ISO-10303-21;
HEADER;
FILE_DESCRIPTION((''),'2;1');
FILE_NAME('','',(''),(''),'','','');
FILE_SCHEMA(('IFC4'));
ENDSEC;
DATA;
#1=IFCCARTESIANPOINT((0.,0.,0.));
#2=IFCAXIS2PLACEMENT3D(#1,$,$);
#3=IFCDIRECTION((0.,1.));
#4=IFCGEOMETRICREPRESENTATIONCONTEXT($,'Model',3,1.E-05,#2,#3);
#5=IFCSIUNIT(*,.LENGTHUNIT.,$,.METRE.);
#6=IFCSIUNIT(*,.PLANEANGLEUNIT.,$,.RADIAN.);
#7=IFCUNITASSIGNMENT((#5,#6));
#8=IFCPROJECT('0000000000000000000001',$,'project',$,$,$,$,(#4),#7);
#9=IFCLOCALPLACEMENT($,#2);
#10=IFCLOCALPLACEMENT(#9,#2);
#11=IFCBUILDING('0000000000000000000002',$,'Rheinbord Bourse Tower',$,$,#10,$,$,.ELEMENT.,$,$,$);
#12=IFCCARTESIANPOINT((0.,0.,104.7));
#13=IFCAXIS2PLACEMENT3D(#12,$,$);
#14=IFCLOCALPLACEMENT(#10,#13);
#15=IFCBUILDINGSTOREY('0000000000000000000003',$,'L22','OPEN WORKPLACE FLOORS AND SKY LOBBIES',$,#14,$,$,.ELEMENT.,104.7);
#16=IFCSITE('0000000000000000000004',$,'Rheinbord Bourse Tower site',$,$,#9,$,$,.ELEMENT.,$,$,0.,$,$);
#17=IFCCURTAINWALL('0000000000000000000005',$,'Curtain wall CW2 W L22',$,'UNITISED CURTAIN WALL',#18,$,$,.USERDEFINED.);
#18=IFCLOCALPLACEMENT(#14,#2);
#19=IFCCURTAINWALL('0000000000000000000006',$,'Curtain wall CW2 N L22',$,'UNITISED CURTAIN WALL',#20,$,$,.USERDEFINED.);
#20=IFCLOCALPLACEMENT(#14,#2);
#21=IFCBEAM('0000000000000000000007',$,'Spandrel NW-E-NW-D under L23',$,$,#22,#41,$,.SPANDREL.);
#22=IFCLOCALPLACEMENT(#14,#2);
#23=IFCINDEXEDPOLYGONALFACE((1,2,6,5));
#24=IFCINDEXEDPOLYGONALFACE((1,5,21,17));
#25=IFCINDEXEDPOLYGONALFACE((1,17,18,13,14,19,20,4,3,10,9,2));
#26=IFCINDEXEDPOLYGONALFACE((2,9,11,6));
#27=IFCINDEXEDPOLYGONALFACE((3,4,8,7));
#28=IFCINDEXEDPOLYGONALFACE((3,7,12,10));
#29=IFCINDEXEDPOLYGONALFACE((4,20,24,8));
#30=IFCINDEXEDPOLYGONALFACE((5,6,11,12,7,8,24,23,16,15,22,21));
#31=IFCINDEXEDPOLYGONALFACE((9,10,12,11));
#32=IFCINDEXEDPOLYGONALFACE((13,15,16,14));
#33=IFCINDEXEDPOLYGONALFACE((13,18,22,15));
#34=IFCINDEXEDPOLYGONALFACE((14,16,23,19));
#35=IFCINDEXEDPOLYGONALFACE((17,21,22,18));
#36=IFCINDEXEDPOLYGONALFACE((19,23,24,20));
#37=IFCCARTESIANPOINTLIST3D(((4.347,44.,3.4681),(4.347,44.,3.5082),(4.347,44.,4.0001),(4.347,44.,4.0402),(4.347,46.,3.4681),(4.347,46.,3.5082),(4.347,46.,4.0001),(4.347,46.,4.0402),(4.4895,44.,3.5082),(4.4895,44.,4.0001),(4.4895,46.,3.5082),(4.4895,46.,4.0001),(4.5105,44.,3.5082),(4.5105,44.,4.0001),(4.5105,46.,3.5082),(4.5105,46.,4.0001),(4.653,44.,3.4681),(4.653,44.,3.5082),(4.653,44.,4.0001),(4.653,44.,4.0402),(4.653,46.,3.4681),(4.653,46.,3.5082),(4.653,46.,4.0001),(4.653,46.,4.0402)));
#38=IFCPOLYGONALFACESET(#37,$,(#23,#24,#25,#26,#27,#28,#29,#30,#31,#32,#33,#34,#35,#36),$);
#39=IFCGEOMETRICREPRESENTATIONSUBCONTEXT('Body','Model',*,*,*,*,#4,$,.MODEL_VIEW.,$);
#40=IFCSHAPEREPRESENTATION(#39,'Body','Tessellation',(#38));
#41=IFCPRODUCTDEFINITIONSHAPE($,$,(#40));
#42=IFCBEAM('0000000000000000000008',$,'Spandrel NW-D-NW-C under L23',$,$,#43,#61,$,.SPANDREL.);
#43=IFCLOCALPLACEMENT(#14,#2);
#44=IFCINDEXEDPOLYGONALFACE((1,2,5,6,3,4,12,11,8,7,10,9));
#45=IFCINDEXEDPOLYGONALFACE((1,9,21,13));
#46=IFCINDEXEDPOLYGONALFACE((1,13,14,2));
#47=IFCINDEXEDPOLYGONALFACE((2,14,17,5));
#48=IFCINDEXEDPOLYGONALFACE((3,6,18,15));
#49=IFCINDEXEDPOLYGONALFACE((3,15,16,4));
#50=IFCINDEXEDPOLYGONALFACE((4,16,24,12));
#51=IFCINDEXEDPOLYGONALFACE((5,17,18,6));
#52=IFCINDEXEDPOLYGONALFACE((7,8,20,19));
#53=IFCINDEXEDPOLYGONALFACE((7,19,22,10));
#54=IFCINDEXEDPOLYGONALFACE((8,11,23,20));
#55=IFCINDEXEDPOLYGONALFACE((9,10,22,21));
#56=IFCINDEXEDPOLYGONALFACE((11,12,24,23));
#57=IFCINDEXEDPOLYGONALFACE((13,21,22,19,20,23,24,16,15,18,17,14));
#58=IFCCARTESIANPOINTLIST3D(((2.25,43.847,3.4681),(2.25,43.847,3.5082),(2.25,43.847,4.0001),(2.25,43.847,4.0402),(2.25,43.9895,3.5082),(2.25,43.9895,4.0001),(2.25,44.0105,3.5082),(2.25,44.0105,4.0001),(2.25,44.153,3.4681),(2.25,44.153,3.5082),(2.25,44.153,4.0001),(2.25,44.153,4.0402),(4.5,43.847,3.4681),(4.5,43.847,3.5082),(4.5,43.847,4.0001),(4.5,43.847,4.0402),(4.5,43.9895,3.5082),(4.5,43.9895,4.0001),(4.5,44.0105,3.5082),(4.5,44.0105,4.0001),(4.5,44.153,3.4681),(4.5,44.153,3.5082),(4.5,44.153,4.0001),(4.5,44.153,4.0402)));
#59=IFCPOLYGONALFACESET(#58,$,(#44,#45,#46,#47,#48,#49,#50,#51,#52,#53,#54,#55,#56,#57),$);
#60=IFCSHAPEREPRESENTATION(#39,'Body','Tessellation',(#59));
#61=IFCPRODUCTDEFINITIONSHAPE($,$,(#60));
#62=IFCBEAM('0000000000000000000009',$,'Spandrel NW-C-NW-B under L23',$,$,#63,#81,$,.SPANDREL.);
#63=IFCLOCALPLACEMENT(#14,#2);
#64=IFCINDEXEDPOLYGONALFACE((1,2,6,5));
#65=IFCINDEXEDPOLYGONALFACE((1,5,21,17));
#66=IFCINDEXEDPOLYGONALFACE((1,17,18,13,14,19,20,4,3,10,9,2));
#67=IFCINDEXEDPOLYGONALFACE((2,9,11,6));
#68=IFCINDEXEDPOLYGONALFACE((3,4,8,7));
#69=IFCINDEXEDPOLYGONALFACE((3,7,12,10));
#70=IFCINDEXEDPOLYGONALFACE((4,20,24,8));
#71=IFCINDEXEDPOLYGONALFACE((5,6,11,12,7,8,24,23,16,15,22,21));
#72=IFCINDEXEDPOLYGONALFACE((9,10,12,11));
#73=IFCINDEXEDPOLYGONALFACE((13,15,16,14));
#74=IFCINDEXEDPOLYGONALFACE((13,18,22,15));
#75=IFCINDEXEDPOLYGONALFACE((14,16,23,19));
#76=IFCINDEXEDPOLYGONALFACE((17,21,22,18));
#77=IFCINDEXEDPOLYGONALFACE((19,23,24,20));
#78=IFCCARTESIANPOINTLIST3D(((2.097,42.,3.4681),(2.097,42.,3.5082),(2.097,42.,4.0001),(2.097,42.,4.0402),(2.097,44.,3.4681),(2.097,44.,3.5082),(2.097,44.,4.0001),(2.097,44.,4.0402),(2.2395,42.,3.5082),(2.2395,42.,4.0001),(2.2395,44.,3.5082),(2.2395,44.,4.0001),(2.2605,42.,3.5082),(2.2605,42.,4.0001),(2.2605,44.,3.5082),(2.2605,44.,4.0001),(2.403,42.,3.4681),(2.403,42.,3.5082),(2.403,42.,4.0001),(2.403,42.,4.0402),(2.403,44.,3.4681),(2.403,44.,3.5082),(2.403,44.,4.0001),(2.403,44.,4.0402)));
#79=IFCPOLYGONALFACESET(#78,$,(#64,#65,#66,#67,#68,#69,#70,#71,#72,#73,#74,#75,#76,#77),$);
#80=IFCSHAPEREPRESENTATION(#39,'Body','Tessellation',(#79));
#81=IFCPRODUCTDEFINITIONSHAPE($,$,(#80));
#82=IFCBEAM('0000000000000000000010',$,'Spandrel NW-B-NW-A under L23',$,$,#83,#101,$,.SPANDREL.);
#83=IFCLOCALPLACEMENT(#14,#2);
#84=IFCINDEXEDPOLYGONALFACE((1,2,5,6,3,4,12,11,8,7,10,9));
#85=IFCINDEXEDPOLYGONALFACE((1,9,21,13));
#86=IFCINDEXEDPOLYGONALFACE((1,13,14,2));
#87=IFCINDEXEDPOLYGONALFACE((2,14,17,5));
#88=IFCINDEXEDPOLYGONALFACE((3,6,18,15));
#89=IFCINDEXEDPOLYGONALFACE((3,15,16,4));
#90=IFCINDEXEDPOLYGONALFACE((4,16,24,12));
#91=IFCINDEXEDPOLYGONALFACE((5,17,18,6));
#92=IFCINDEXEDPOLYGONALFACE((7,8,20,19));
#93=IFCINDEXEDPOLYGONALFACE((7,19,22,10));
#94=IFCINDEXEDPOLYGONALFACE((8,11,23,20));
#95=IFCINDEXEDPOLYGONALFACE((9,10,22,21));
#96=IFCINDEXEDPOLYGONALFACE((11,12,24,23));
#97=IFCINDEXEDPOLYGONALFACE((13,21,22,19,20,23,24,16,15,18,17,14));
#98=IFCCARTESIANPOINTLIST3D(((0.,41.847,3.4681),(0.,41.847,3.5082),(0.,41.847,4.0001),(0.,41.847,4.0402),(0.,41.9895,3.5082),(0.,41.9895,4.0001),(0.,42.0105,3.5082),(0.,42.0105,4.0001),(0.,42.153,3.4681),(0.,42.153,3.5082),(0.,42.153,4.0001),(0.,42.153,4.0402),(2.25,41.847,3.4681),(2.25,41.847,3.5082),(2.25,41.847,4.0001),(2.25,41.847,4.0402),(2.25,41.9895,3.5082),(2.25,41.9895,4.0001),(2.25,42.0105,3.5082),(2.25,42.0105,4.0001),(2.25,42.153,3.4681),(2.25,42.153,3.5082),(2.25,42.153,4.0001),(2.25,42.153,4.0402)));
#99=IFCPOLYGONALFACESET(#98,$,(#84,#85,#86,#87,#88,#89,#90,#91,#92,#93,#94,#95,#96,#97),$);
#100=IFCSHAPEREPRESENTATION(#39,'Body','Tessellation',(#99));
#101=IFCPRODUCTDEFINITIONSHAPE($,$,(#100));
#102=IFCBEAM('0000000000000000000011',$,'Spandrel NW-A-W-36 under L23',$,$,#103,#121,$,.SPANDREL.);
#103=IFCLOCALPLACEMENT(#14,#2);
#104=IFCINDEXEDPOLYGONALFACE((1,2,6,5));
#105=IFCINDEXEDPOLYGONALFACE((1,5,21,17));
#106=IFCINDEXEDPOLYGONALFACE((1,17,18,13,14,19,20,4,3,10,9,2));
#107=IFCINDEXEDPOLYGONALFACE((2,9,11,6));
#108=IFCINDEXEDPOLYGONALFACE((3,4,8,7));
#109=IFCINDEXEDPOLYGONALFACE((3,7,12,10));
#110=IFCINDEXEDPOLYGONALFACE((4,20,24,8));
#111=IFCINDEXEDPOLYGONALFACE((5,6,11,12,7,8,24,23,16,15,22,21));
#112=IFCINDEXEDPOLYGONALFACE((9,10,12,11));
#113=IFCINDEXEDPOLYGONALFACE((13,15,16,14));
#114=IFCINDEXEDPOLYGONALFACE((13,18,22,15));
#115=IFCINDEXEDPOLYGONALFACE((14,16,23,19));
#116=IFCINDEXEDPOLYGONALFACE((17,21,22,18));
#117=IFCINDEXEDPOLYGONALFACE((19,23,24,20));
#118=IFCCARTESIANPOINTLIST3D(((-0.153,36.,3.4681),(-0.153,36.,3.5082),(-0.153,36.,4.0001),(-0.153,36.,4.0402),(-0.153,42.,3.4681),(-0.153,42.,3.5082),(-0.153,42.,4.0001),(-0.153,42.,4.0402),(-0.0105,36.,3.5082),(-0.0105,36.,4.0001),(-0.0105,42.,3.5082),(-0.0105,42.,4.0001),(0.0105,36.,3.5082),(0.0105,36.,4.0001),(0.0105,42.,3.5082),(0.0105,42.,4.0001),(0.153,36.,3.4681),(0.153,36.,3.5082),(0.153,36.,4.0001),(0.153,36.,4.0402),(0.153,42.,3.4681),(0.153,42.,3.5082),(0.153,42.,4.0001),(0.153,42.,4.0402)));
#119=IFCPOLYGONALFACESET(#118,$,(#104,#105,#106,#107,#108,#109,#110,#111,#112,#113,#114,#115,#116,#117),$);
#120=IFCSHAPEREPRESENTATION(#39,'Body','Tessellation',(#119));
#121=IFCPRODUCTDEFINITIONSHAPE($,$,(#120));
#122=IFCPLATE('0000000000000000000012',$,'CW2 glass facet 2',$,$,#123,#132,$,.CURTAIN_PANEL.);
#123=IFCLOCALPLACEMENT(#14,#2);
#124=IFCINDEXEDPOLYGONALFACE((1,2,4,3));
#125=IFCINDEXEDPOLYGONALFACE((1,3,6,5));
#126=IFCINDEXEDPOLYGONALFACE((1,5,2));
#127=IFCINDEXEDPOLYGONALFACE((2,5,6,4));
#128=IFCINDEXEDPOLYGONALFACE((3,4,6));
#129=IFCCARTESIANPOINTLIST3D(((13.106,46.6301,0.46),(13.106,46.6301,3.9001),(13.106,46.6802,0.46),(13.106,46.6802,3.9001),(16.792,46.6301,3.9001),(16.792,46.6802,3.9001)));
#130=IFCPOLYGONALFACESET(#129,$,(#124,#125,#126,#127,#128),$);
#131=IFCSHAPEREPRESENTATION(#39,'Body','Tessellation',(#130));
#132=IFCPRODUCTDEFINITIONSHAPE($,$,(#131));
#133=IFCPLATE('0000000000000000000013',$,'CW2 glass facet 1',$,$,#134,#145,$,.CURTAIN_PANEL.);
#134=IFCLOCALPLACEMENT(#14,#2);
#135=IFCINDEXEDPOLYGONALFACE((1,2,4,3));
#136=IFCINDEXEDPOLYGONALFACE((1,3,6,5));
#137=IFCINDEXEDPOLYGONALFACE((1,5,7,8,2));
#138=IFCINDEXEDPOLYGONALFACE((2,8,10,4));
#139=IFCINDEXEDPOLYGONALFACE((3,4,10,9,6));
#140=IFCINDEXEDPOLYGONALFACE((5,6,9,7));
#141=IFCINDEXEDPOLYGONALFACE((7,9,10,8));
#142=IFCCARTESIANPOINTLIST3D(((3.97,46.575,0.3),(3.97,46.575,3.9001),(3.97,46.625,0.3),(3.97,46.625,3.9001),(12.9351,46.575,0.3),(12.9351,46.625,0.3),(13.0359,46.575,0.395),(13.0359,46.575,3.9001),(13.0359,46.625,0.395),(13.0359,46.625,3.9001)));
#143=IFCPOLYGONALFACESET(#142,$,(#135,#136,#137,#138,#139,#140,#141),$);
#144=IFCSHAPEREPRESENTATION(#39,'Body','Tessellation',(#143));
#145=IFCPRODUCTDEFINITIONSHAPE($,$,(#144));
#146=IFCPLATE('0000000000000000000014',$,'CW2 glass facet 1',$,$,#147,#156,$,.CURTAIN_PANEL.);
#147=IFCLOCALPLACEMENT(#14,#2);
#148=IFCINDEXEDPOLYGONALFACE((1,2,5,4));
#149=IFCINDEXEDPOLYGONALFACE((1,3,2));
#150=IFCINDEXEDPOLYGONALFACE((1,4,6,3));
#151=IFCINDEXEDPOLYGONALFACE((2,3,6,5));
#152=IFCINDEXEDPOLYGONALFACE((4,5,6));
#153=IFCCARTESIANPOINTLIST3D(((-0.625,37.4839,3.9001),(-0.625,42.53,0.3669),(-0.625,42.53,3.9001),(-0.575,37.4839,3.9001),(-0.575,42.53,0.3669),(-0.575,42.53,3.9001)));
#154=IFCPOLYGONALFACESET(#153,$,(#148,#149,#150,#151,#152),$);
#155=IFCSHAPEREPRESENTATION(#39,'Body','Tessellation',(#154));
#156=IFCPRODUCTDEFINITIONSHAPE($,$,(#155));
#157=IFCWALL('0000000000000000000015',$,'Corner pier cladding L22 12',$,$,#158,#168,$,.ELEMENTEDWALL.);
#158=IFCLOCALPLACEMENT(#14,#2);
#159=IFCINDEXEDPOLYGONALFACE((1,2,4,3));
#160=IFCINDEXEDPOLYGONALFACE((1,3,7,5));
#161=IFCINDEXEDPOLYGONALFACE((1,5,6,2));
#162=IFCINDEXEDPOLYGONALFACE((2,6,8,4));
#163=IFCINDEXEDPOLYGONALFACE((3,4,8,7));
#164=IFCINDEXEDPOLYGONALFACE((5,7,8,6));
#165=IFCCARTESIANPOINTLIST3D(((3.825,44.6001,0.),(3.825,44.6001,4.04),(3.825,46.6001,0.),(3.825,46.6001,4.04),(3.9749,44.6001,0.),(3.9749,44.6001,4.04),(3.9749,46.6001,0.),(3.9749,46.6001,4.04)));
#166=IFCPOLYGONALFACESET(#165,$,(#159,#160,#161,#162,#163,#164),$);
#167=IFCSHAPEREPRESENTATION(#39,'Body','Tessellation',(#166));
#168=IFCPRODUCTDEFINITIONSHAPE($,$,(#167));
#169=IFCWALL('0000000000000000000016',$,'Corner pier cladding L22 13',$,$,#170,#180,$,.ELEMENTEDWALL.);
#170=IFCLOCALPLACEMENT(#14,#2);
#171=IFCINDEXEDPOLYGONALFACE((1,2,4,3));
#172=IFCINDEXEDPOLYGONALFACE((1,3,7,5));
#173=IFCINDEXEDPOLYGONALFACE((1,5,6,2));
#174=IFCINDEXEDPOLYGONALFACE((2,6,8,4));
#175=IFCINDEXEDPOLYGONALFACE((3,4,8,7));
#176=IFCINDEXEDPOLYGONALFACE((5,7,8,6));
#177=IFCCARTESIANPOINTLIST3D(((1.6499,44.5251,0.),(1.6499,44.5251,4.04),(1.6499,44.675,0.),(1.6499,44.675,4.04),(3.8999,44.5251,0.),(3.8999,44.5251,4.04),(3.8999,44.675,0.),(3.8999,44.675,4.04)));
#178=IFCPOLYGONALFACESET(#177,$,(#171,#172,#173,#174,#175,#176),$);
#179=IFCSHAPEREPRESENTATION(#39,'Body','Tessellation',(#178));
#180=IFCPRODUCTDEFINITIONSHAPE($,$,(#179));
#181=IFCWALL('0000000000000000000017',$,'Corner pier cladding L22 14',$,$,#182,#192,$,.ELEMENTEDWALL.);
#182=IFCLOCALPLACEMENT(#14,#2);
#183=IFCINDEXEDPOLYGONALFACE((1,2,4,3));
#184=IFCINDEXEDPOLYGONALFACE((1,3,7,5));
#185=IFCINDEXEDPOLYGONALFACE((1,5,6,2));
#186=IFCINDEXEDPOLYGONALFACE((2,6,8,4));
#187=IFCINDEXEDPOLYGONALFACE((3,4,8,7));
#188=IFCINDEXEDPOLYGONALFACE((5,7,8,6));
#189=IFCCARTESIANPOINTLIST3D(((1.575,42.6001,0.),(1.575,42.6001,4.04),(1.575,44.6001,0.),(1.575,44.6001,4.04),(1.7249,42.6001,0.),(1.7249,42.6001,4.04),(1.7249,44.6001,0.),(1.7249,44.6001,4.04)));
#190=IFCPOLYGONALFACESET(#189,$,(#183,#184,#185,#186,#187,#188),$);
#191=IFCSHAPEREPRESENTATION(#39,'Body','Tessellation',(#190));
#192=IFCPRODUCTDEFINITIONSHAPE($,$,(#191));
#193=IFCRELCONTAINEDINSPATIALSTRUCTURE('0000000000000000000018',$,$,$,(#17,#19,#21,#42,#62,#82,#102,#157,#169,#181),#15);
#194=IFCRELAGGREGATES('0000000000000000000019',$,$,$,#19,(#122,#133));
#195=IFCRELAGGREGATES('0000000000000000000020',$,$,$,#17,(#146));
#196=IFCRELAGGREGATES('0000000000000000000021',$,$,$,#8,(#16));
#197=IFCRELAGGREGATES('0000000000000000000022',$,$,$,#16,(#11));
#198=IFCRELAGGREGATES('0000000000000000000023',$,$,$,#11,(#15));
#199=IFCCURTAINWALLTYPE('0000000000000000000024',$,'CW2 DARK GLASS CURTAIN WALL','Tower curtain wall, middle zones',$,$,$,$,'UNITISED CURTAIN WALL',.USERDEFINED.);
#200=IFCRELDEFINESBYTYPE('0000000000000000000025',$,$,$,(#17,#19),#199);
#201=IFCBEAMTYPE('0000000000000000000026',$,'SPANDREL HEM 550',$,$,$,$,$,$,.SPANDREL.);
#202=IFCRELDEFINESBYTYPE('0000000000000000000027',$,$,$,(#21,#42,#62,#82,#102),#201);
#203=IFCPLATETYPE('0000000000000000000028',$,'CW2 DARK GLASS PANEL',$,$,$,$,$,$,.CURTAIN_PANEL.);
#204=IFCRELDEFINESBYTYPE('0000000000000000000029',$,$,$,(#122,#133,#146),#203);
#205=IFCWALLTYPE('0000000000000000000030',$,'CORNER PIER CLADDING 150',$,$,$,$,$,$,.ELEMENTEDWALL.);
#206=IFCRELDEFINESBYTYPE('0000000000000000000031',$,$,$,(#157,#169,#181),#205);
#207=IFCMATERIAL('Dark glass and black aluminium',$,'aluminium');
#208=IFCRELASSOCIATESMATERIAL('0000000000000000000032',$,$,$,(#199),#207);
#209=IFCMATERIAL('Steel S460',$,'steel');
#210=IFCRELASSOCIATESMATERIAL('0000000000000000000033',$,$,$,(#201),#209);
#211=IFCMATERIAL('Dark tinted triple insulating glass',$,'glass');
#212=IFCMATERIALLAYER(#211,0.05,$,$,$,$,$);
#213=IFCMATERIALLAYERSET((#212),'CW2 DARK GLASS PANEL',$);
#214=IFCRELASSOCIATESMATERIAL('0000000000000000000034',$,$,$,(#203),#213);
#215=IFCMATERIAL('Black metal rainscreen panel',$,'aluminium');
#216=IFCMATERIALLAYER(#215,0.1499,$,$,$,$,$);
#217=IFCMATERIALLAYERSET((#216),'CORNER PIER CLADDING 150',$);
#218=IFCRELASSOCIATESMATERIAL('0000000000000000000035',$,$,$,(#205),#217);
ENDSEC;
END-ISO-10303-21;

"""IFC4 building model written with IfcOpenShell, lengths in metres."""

from ifc_helpers import new_model, si_unit, direction, frame, frame_2d, origin, origin_2d, place, context, subcontext, project, spatial, polyline, rectangle, i_section, outline, extrude, material, layer, layer_set, material_profile, profile_set, type_object, element, aggregate, save


model = new_model("IFC4")

# Units and contexts
model_context = context("Model", 3, precision=1e-05, world=origin(), true_north=direction((0.0, 1.0)))
body_context = subcontext(model_context, "Body", "Model", "MODEL_VIEW")
ifc_project = project(units=[si_unit("LENGTHUNIT", "METRE"), si_unit("PLANEANGLEUNIT", "RADIAN")], contexts=[model_context])

# Site, building, storey
site_placement = place(None, origin())
site = spatial("IfcSite", under=ifc_project, at=site_placement, Name="Rheinbord Bourse Tower site", CompositionType="ELEMENT", RefElevation=0.0)
building_placement = place(site_placement, origin())
building = spatial("IfcBuilding", under=site, at=building_placement, Name="Rheinbord Bourse Tower", CompositionType="ELEMENT")
storey_placement = place(building_placement, frame((0.0, 0.0, 104.7)))
storey = spatial("IfcBuildingStorey", under=building, at=storey_placement, Name="L22", Description="OPEN WORKPLACE FLOORS AND SKY LOBBIES", CompositionType="ELEMENT", Elevation=104.7)

# Curtain wall
ifc_material_1 = material(Name="Dark glass and black aluminium", Category="aluminium")
curtain_wall_type = type_object("IfcCurtainWallType", Name="CW2 DARK GLASS CURTAIN WALL", Description="Tower curtain wall, middle zones", ElementType="UNITISED CURTAIN WALL", PredefinedType="USERDEFINED", material=ifc_material_1)
curtain_wall_1_placement = place(storey_placement, origin())
curtain_wall_1 = element("IfcCurtainWall", 1, at=curtain_wall_1_placement, inside=storey, type_object=curtain_wall_type, Name="Curtain wall CW2 W L22", ObjectType="UNITISED CURTAIN WALL", PredefinedType="USERDEFINED")

# Curtain wall
curtain_wall_2_placement = place(storey_placement, origin())
curtain_wall_2 = element("IfcCurtainWall", 2, at=curtain_wall_2_placement, inside=storey, type_object=curtain_wall_type, Name="Curtain wall CW2 N L22", ObjectType="UNITISED CURTAIN WALL", PredefinedType="USERDEFINED")

# Beams
ifc_material_2 = material(Name="Steel S460", Category="steel")
ifc_material_profile_1 = material_profile(ifc_material_2, i_section(OverallWidth=0.3059, OverallDepth=0.572, WebThickness=0.021, FlangeThickness=0.04, at=origin_2d()), Name="HEM 550")
ifc_profile_set_1 = profile_set([ifc_material_profile_1], Name="Steel S460")
beam_type_1 = type_object("IfcBeamType", Name="SPANDREL HEM 550", PredefinedType="SPANDREL", material=ifc_profile_set_1)
beam_1_placement = place(storey_placement, frame((4.5, 46.0, 3.7542), z_axis=(0.0, -1.0, 0.0), x_axis=(1.0, 0.0, 0.0)))
element("IfcBeam", 3, at=beam_1_placement, inside=storey, type_object=beam_type_1, Name="Spandrel NW-E-NW-D under L23", PredefinedType="SPANDREL", context=body_context, shape_type="SweptSolid", body=[
    extrude(i_section(OverallWidth=0.3059, OverallDepth=0.572, WebThickness=0.021, FlangeThickness=0.04, at=origin_2d()), origin(), (0.0, 0.0, 1.0), 2.0),
])
beam_2_placement = place(storey_placement, frame((4.5, 44.0, 3.7542), z_axis=(-1.0, 0.0, 0.0), x_axis=(0.0, -1.0, 0.0)))
element("IfcBeam", 4, at=beam_2_placement, inside=storey, type_object=beam_type_1, Name="Spandrel NW-D-NW-C under L23", PredefinedType="SPANDREL", context=body_context, shape_type="SweptSolid", body=[
    extrude(i_section(OverallWidth=0.3059, OverallDepth=0.572, WebThickness=0.021, FlangeThickness=0.04, at=origin_2d()), origin(), (0.0, 0.0, 1.0), 2.25),
])
beam_3_placement = place(storey_placement, frame((2.25, 44.0, 3.7542), z_axis=(0.0, -1.0, 0.0), x_axis=(1.0, 0.0, 0.0)))
element("IfcBeam", 5, at=beam_3_placement, inside=storey, type_object=beam_type_1, Name="Spandrel NW-C-NW-B under L23", PredefinedType="SPANDREL", context=body_context, shape_type="SweptSolid", body=[
    extrude(i_section(OverallWidth=0.3059, OverallDepth=0.572, WebThickness=0.021, FlangeThickness=0.04, at=origin_2d()), origin(), (0.0, 0.0, 1.0), 2.0),
])
beam_4_placement = place(storey_placement, frame((2.25, 42.0, 3.7542), z_axis=(-1.0, 0.0, 0.0), x_axis=(0.0, -1.0, 0.0)))
element("IfcBeam", 6, at=beam_4_placement, inside=storey, type_object=beam_type_1, Name="Spandrel NW-B-NW-A under L23", PredefinedType="SPANDREL", context=body_context, shape_type="SweptSolid", body=[
    extrude(i_section(OverallWidth=0.3059, OverallDepth=0.572, WebThickness=0.021, FlangeThickness=0.04, at=origin_2d()), origin(), (0.0, 0.0, 1.0), 2.25),
])
beam_5_placement = place(storey_placement, frame((0.0, 42.0, 3.7542), z_axis=(0.0, -1.0, 0.0), x_axis=(1.0, 0.0, 0.0)))
element("IfcBeam", 7, at=beam_5_placement, inside=storey, type_object=beam_type_1, Name="Spandrel NW-A-W-36 under L23", PredefinedType="SPANDREL", context=body_context, shape_type="SweptSolid", body=[
    extrude(i_section(OverallWidth=0.3059, OverallDepth=0.572, WebThickness=0.021, FlangeThickness=0.04, at=origin_2d()), origin(), (0.0, 0.0, 1.0), 6.0),
])

# Plates
ifc_material_3 = material(Name="Dark tinted triple insulating glass", Category="glass")
ifc_layer_1 = layer(ifc_material_3, 0.05)
ifc_layer_set_1 = layer_set([ifc_layer_1], Name="CW2 DARK GLASS PANEL")
plate_type = type_object("IfcPlateType", Name="CW2 DARK GLASS PANEL", PredefinedType="CURTAIN_PANEL", material=ifc_layer_set_1)
plate_1_placement = place(storey_placement, frame((13.106, 46.6802, 3.9001), z_axis=(0.0, -1.0, 0.0), x_axis=(0.0, 0.0, -1.0)))
plate_1 = element("IfcPlate", 8, at=plate_1_placement, type_object=plate_type, Name="CW2 glass facet 2", PredefinedType="CURTAIN_PANEL", context=body_context, shape_type="SweptSolid", body=[
    extrude(outline(polyline([(0.0, 0.0), (3.4402, 0.0), (0.0, 3.686), (0.0, 0.0)])), origin(), (0.0, 0.0, 1.0), 0.05),
])
plate_2_placement = place(storey_placement, frame((13.0359, 46.625, 3.9001), z_axis=(0.0, -1.0, 0.0), x_axis=(-1.0, 0.0, 0.0)))
plate_2 = element("IfcPlate", 9, at=plate_2_placement, type_object=plate_type, Name="CW2 glass facet 1", PredefinedType="CURTAIN_PANEL", context=body_context, shape_type="SweptSolid", body=[
    extrude(outline(polyline([(0.0, 0.0), (9.0659, 0.0), (9.0659, 3.6001), (0.1008, 3.6001), (0.0, 3.5051), (0.0, 0.0)])), origin(), (0.0, 0.0, 1.0), 0.05),
])
aggregate(curtain_wall_2, [plate_1, plate_2])
plate_3_placement = place(storey_placement, frame((-0.625, 42.53, 3.9001), z_axis=(1.0, 0.0, 0.0), x_axis=(0.0, -1.0, 0.0)))
plate_3 = element("IfcPlate", 10, at=plate_3_placement, type_object=plate_type, Name="CW2 glass facet 1", PredefinedType="CURTAIN_PANEL", context=body_context, shape_type="SweptSolid", body=[
    extrude(outline(polyline([(0.0, 0.0), (5.0461, 0.0), (0.0, 3.5332), (0.0, 0.0)])), origin(), (0.0, 0.0, 1.0), 0.05),
])
aggregate(curtain_wall_1, [plate_3])

# Walls
ifc_material_4 = material(Name="Black metal rainscreen panel", Category="aluminium")
ifc_layer_2 = layer(ifc_material_4, 0.1499)
ifc_layer_set_2 = layer_set([ifc_layer_2], Name="CORNER PIER CLADDING 150")
wall_type = type_object("IfcWallType", Name="CORNER PIER CLADDING 150", PredefinedType="ELEMENTEDWALL", material=ifc_layer_set_2)
wall_1_placement = place(storey_placement, frame((3.8999, 46.6001, 0.0), z_axis=(0.0, 0.0, 1.0), x_axis=(0.0, -1.0, 0.0)))
element("IfcWall", 11, at=wall_1_placement, inside=storey, type_object=wall_type, Name="Corner pier cladding L22 12", PredefinedType="ELEMENTEDWALL", context=body_context, shape_type="SweptSolid", body=[
    extrude(rectangle(XDim=2.0, YDim=0.1499, at=frame_2d((1.0, 0.0))), origin(), (0.0, 0.0, 1.0), 4.04),
])
wall_2_placement = place(storey_placement, frame((3.8999, 44.6001, 0.0), z_axis=(0.0, 0.0, 1.0), x_axis=(-1.0, 0.0, 0.0)))
element("IfcWall", 12, at=wall_2_placement, inside=storey, type_object=wall_type, Name="Corner pier cladding L22 13", PredefinedType="ELEMENTEDWALL", context=body_context, shape_type="SweptSolid", body=[
    extrude(rectangle(XDim=2.25, YDim=0.1499, at=frame_2d((1.125, 0.0))), origin(), (0.0, 0.0, 1.0), 4.04),
])
wall_3_placement = place(storey_placement, frame((1.6499, 44.6001, 0.0), z_axis=(0.0, 0.0, 1.0), x_axis=(0.0, -1.0, 0.0)))
element("IfcWall", 13, at=wall_3_placement, inside=storey, type_object=wall_type, Name="Corner pier cladding L22 14", PredefinedType="ELEMENTEDWALL", context=body_context, shape_type="SweptSolid", body=[
    extrude(rectangle(XDim=2.0, YDim=0.1499, at=frame_2d((1.0, 0.0))), origin(), (0.0, 0.0, 1.0), 4.04),
])

save(model, "model.ifc")
